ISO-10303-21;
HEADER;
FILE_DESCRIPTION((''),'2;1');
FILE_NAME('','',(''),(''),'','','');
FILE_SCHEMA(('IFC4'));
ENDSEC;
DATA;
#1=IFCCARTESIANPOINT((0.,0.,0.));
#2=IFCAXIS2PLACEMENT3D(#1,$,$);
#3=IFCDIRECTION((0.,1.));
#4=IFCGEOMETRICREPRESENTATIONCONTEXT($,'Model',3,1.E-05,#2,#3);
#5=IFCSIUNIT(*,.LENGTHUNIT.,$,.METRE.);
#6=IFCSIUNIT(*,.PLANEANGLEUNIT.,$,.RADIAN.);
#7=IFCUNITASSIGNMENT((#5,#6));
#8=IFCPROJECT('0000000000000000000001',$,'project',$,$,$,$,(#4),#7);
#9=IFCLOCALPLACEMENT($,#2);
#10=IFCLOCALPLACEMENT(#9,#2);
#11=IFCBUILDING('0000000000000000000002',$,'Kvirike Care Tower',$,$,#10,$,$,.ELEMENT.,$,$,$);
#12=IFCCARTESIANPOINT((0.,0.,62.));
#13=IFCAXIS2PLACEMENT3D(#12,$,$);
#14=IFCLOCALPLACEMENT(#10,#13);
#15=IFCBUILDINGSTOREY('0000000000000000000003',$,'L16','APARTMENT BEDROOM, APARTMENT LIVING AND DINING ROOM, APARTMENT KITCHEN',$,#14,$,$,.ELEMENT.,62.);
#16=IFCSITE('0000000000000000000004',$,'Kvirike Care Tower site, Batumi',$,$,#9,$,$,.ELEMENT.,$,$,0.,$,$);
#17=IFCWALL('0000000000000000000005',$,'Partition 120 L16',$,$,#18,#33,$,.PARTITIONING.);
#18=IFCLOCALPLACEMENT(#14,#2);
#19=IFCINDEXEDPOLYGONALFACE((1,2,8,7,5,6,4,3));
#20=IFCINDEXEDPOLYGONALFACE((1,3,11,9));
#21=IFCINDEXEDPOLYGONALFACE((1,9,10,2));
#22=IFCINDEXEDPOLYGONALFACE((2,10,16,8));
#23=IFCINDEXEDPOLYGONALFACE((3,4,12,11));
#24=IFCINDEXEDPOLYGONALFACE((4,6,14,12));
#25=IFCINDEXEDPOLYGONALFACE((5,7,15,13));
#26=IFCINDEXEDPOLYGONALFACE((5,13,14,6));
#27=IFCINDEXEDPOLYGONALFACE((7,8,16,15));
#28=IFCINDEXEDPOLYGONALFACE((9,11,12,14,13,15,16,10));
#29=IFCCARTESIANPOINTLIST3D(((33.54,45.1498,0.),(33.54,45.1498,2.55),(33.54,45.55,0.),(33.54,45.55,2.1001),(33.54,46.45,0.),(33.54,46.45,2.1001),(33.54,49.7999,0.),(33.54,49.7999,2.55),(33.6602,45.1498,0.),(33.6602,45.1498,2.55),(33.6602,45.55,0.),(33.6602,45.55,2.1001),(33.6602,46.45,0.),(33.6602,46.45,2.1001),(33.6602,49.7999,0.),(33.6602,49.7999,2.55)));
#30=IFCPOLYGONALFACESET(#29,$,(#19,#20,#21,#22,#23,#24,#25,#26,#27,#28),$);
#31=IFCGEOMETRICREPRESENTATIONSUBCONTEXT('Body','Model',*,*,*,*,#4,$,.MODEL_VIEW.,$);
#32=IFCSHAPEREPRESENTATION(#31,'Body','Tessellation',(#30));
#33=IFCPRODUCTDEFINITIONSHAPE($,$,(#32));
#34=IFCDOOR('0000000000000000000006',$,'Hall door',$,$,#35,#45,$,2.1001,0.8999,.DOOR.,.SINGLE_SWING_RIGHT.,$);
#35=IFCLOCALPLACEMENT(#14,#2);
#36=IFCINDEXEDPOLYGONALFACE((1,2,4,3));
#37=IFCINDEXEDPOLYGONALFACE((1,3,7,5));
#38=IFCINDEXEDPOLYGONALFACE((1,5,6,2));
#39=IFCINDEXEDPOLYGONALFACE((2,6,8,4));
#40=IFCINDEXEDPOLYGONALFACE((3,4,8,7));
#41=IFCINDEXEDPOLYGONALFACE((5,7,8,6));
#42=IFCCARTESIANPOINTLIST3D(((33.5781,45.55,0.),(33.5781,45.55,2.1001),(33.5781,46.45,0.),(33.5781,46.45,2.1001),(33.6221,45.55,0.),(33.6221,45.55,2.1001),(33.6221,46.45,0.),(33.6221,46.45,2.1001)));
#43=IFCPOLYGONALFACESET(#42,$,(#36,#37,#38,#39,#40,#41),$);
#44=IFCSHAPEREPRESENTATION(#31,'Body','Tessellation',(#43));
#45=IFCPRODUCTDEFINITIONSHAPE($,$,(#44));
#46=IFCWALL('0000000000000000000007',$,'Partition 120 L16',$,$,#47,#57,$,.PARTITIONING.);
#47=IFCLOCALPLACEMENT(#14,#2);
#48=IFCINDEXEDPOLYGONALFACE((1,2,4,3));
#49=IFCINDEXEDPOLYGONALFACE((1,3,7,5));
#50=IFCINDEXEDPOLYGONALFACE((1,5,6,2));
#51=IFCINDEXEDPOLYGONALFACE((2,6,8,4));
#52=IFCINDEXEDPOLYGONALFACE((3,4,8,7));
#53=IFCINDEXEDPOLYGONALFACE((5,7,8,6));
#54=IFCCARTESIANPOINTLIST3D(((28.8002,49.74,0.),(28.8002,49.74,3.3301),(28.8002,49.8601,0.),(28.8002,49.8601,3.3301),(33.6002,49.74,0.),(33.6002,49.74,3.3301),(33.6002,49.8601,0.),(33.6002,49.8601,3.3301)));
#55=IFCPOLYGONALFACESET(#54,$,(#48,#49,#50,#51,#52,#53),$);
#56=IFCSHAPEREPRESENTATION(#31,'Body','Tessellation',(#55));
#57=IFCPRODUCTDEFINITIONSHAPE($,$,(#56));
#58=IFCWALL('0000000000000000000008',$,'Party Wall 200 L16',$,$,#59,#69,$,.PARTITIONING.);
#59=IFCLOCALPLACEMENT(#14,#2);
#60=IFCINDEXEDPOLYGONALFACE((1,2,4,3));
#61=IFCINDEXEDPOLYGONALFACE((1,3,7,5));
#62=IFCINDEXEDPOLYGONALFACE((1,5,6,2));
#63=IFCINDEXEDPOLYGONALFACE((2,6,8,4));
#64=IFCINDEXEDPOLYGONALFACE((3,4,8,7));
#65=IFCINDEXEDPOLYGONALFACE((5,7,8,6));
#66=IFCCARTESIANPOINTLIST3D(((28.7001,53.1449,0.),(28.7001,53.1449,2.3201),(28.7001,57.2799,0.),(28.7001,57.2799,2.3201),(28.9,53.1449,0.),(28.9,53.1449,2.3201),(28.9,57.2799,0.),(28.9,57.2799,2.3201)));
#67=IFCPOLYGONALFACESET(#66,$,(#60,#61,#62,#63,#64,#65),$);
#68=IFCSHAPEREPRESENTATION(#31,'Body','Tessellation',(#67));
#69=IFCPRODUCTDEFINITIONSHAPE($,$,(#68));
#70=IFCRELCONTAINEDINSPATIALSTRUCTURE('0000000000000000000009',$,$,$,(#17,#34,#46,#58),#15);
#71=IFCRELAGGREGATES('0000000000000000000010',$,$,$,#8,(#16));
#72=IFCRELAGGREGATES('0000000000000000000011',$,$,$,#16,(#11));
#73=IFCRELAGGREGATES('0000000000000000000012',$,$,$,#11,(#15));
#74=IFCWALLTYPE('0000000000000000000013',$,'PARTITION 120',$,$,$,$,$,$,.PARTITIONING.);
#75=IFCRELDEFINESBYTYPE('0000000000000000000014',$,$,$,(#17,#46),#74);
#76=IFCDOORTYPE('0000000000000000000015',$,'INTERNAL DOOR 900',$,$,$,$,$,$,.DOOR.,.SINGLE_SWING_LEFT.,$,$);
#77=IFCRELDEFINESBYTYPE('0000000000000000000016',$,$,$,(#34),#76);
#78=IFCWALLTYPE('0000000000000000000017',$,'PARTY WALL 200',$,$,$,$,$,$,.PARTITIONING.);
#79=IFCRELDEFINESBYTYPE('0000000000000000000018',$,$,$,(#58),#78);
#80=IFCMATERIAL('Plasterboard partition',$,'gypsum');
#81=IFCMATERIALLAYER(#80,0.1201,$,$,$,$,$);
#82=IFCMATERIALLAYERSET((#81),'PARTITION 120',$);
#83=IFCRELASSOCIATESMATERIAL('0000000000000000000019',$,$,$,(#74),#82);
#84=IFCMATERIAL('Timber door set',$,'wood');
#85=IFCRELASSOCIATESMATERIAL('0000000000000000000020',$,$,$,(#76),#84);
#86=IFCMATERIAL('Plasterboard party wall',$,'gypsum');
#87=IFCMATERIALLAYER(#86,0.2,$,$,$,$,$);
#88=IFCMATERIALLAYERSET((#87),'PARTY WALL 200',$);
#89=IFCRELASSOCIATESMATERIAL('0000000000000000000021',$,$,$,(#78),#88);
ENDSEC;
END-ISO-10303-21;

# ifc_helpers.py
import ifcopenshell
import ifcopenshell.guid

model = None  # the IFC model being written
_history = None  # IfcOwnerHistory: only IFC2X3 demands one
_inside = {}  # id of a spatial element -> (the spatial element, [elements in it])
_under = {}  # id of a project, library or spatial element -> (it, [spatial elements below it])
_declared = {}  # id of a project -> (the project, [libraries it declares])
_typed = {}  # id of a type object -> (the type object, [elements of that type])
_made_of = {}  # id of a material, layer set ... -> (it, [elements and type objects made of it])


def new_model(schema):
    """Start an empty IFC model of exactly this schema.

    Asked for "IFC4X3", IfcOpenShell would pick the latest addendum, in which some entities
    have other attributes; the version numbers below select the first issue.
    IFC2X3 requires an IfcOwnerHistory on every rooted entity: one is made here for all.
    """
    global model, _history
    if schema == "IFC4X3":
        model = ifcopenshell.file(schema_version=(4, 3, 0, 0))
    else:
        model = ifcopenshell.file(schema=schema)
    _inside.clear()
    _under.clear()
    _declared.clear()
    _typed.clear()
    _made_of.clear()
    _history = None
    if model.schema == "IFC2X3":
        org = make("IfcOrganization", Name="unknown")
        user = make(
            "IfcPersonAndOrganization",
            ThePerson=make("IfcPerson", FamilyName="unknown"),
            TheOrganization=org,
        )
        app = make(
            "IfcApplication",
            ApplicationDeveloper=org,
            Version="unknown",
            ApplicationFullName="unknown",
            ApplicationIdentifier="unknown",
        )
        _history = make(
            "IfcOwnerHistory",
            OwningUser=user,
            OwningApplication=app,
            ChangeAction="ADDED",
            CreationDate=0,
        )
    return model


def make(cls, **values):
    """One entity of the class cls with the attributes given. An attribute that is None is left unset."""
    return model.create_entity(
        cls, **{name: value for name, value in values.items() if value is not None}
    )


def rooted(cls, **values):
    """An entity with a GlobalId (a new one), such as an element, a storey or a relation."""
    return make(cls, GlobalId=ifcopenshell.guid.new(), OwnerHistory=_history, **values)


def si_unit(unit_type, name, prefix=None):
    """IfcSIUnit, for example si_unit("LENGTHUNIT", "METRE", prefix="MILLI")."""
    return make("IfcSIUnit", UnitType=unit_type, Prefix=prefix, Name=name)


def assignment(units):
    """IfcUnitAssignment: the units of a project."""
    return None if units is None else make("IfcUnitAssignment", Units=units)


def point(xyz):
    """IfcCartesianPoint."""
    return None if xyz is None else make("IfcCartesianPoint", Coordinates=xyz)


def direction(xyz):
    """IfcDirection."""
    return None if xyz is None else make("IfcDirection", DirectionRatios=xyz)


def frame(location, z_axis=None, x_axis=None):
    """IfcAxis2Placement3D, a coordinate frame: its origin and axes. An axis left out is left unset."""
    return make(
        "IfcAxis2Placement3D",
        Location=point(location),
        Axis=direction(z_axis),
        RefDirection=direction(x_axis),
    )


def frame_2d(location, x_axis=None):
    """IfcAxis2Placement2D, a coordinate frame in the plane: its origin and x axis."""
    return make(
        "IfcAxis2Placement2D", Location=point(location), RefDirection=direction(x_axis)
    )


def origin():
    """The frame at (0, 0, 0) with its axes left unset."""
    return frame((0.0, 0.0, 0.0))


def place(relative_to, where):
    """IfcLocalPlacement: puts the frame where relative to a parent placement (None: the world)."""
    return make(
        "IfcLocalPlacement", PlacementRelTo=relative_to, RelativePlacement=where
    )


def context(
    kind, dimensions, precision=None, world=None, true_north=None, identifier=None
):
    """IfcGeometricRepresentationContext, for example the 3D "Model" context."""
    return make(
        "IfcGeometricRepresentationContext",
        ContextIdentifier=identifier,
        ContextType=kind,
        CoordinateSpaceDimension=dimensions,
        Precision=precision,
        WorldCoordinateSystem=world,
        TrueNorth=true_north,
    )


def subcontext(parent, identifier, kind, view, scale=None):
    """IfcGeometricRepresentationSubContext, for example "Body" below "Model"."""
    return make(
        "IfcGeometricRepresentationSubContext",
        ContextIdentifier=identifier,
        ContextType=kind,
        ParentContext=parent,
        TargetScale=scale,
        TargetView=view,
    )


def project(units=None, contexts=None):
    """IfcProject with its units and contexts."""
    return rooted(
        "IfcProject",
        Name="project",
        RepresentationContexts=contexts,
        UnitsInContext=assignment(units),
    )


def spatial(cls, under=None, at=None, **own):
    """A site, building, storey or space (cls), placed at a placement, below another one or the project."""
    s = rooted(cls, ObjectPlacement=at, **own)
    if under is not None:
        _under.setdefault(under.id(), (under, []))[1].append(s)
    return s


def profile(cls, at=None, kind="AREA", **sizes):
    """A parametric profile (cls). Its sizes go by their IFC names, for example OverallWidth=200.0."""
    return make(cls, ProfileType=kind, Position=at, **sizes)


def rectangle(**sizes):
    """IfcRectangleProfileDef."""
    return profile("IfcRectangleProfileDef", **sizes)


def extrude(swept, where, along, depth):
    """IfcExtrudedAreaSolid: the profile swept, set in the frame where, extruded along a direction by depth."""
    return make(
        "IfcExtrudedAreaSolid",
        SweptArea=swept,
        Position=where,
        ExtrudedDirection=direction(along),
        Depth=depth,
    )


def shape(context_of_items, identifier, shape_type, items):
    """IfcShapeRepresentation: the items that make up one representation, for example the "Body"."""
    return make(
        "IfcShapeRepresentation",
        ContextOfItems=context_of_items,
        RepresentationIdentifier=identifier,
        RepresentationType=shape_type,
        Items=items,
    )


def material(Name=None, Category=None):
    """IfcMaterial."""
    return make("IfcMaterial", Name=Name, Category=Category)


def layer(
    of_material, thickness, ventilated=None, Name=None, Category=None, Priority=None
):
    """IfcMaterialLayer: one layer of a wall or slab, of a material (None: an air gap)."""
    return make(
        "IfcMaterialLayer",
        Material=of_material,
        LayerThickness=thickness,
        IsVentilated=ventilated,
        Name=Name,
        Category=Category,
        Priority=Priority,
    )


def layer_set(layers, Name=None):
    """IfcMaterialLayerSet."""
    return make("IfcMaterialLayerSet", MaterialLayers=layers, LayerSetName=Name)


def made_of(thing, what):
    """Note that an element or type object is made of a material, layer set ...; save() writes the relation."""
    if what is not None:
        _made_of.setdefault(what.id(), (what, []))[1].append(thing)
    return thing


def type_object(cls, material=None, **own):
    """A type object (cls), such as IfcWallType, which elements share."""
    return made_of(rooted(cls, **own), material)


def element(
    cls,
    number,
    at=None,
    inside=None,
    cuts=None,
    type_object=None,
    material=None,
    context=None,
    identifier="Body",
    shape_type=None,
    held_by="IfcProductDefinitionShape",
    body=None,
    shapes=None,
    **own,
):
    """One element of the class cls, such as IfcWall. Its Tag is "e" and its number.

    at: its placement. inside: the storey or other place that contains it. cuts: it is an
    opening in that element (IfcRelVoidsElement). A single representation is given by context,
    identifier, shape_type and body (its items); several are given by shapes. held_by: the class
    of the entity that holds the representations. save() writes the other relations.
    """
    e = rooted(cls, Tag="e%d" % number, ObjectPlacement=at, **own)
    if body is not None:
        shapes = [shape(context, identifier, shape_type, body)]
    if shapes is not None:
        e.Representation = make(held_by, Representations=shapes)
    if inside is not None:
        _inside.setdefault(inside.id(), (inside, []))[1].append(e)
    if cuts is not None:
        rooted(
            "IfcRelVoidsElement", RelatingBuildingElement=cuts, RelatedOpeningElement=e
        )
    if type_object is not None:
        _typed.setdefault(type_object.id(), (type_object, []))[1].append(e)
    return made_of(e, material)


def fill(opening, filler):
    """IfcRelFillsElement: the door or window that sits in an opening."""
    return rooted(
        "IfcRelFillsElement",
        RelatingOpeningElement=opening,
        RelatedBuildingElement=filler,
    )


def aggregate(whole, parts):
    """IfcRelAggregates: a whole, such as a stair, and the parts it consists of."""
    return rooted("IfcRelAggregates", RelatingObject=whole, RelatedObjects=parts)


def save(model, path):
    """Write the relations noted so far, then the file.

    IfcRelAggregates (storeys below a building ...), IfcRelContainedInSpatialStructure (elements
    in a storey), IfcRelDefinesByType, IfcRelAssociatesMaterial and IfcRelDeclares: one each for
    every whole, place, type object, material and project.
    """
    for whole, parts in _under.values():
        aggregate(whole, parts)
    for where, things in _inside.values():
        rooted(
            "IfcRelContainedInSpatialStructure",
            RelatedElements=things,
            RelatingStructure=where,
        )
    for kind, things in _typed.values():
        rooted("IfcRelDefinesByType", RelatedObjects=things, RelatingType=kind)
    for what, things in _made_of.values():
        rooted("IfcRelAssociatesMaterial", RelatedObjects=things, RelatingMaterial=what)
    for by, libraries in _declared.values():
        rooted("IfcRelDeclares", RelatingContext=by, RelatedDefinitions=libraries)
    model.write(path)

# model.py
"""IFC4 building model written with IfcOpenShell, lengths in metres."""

from ifc_helpers import new_model, si_unit, direction, frame, frame_2d, origin, place, context, subcontext, project, spatial, rectangle, extrude, material, layer, layer_set, type_object, element, fill, save


model = new_model("IFC4")

# Units and contexts
model_context = context("Model", 3, precision=1e-05, world=origin(), true_north=direction((0.0, 1.0)))
body_context = subcontext(model_context, "Body", "Model", "MODEL_VIEW")
ifc_project = project(units=[si_unit("LENGTHUNIT", "METRE"), si_unit("PLANEANGLEUNIT", "RADIAN")], contexts=[model_context])

# Site, building, storey
site_placement = place(None, origin())
site = spatial("IfcSite", under=ifc_project, at=site_placement, Name="Kvirike Care Tower site, Batumi", CompositionType="ELEMENT", RefElevation=0.0)
building_placement = place(site_placement, origin())
building = spatial("IfcBuilding", under=site, at=building_placement, Name="Kvirike Care Tower", CompositionType="ELEMENT")
storey_placement = place(building_placement, frame((0.0, 0.0, 62.0)))
storey = spatial("IfcBuildingStorey", under=building, at=storey_placement, Name="L16", Description="APARTMENT BEDROOM, APARTMENT LIVING AND DINING ROOM, APARTMENT KITCHEN", CompositionType="ELEMENT", Elevation=62.0)

# Wall, opening, door
ifc_material_1 = material(Name="Plasterboard partition", Category="gypsum")
ifc_layer_1 = layer(ifc_material_1, 0.1201)
ifc_layer_set_1 = layer_set([ifc_layer_1], Name="PARTITION 120")
wall_type_1 = type_object("IfcWallType", Name="PARTITION 120", PredefinedType="PARTITIONING", material=ifc_layer_set_1)
ifc_material_2 = material(Name="Timber door set", Category="wood")
door_type_1 = type_object("IfcDoorType", Name="INTERNAL DOOR 900", OperationType="SINGLE_SWING_LEFT", PredefinedType="DOOR", material=ifc_material_2)
wall_1_placement = place(storey_placement, frame((33.6001, 49.8, 0.0), z_axis=(0.0, 0.0, 1.0), x_axis=(0.0, -1.0, 0.0)))
wall_1 = element("IfcWall", 1, at=wall_1_placement, inside=storey, type_object=wall_type_1, Name="Partition 120 L16", PredefinedType="PARTITIONING", context=body_context, shape_type="SweptSolid", body=[
    extrude(rectangle(XDim=4.6501, YDim=0.1201, at=frame_2d((2.3252, 0.0))), origin(), (0.0, 0.0, 1.0), 2.55),
])
opening_1_placement = place(wall_1_placement, frame((3.3501, 0.0, 0.0)))
opening_1 = element("IfcOpeningElement", 2, at=opening_1_placement, cuts=wall_1, PredefinedType="OPENING", context=body_context, shape_type="SweptSolid", body=[
    extrude(rectangle(XDim=0.8999, YDim=2.1001, at=frame_2d((0.45, 1.05))), frame((0.0, 0.0706, 0.0), z_axis=(0.0, -1.0, 0.0), x_axis=(1.0, 0.0, 0.0)), (0.0, 0.0, 1.0), 0.1411),
])
door_1_placement = place(opening_1_placement, frame((0.8999, 0.0, 0.0), z_axis=(0.0, 0.0, 1.0), x_axis=(-1.0, 0.0, 0.0)))
door_1 = element("IfcDoor", 3, at=door_1_placement, inside=storey, type_object=door_type_1, Name="Hall door", OperationType="SINGLE_SWING_RIGHT", OverallHeight=2.1001, OverallWidth=0.8999, PredefinedType="DOOR", context=body_context, shape_type="SweptSolid", body=[
    extrude(rectangle(XDim=0.8999, YDim=2.1001, at=frame_2d((0.45, 1.05))), frame((0.0, 0.022, 0.0), z_axis=(0.0, -1.0, 0.0), x_axis=(1.0, 0.0, 0.0)), (0.0, 0.0, 1.0), 0.0439),
])
fill(opening_1, door_1)

# Walls
wall_2_placement = place(storey_placement, frame((33.6001, 49.8, 0.0), z_axis=(0.0, 0.0, 1.0), x_axis=(-1.0, 0.0, 0.0)))
element("IfcWall", 4, at=wall_2_placement, inside=storey, type_object=wall_type_1, Name="Partition 120 L16", PredefinedType="PARTITIONING", context=body_context, shape_type="SweptSolid", body=[
    extrude(rectangle(XDim=4.8, YDim=0.1201, at=frame_2d((2.3999, 0.0))), origin(), (0.0, 0.0, 1.0), 3.3301),
])
ifc_material_3 = material(Name="Plasterboard party wall", Category="gypsum")
ifc_layer_2 = layer(ifc_material_3, 0.2)
ifc_layer_set_2 = layer_set([ifc_layer_2], Name="PARTY WALL 200")
wall_type_2 = type_object("IfcWallType", Name="PARTY WALL 200", PredefinedType="PARTITIONING", material=ifc_layer_set_2)
wall_3_placement = place(storey_placement, frame((28.8, 53.145, 0.0), z_axis=(0.0, 0.0, 1.0), x_axis=(0.0, 1.0, 0.0)))
element("IfcWall", 5, at=wall_3_placement, inside=storey, type_object=wall_type_2, Name="Party Wall 200 L16", PredefinedType="PARTITIONING", context=body_context, shape_type="SweptSolid", body=[
    extrude(rectangle(XDim=4.135, YDim=0.2, at=frame_2d((2.0674, 0.0))), origin(), (0.0, 0.0, 1.0), 2.3201),
])

save(model, "model.ifc")
